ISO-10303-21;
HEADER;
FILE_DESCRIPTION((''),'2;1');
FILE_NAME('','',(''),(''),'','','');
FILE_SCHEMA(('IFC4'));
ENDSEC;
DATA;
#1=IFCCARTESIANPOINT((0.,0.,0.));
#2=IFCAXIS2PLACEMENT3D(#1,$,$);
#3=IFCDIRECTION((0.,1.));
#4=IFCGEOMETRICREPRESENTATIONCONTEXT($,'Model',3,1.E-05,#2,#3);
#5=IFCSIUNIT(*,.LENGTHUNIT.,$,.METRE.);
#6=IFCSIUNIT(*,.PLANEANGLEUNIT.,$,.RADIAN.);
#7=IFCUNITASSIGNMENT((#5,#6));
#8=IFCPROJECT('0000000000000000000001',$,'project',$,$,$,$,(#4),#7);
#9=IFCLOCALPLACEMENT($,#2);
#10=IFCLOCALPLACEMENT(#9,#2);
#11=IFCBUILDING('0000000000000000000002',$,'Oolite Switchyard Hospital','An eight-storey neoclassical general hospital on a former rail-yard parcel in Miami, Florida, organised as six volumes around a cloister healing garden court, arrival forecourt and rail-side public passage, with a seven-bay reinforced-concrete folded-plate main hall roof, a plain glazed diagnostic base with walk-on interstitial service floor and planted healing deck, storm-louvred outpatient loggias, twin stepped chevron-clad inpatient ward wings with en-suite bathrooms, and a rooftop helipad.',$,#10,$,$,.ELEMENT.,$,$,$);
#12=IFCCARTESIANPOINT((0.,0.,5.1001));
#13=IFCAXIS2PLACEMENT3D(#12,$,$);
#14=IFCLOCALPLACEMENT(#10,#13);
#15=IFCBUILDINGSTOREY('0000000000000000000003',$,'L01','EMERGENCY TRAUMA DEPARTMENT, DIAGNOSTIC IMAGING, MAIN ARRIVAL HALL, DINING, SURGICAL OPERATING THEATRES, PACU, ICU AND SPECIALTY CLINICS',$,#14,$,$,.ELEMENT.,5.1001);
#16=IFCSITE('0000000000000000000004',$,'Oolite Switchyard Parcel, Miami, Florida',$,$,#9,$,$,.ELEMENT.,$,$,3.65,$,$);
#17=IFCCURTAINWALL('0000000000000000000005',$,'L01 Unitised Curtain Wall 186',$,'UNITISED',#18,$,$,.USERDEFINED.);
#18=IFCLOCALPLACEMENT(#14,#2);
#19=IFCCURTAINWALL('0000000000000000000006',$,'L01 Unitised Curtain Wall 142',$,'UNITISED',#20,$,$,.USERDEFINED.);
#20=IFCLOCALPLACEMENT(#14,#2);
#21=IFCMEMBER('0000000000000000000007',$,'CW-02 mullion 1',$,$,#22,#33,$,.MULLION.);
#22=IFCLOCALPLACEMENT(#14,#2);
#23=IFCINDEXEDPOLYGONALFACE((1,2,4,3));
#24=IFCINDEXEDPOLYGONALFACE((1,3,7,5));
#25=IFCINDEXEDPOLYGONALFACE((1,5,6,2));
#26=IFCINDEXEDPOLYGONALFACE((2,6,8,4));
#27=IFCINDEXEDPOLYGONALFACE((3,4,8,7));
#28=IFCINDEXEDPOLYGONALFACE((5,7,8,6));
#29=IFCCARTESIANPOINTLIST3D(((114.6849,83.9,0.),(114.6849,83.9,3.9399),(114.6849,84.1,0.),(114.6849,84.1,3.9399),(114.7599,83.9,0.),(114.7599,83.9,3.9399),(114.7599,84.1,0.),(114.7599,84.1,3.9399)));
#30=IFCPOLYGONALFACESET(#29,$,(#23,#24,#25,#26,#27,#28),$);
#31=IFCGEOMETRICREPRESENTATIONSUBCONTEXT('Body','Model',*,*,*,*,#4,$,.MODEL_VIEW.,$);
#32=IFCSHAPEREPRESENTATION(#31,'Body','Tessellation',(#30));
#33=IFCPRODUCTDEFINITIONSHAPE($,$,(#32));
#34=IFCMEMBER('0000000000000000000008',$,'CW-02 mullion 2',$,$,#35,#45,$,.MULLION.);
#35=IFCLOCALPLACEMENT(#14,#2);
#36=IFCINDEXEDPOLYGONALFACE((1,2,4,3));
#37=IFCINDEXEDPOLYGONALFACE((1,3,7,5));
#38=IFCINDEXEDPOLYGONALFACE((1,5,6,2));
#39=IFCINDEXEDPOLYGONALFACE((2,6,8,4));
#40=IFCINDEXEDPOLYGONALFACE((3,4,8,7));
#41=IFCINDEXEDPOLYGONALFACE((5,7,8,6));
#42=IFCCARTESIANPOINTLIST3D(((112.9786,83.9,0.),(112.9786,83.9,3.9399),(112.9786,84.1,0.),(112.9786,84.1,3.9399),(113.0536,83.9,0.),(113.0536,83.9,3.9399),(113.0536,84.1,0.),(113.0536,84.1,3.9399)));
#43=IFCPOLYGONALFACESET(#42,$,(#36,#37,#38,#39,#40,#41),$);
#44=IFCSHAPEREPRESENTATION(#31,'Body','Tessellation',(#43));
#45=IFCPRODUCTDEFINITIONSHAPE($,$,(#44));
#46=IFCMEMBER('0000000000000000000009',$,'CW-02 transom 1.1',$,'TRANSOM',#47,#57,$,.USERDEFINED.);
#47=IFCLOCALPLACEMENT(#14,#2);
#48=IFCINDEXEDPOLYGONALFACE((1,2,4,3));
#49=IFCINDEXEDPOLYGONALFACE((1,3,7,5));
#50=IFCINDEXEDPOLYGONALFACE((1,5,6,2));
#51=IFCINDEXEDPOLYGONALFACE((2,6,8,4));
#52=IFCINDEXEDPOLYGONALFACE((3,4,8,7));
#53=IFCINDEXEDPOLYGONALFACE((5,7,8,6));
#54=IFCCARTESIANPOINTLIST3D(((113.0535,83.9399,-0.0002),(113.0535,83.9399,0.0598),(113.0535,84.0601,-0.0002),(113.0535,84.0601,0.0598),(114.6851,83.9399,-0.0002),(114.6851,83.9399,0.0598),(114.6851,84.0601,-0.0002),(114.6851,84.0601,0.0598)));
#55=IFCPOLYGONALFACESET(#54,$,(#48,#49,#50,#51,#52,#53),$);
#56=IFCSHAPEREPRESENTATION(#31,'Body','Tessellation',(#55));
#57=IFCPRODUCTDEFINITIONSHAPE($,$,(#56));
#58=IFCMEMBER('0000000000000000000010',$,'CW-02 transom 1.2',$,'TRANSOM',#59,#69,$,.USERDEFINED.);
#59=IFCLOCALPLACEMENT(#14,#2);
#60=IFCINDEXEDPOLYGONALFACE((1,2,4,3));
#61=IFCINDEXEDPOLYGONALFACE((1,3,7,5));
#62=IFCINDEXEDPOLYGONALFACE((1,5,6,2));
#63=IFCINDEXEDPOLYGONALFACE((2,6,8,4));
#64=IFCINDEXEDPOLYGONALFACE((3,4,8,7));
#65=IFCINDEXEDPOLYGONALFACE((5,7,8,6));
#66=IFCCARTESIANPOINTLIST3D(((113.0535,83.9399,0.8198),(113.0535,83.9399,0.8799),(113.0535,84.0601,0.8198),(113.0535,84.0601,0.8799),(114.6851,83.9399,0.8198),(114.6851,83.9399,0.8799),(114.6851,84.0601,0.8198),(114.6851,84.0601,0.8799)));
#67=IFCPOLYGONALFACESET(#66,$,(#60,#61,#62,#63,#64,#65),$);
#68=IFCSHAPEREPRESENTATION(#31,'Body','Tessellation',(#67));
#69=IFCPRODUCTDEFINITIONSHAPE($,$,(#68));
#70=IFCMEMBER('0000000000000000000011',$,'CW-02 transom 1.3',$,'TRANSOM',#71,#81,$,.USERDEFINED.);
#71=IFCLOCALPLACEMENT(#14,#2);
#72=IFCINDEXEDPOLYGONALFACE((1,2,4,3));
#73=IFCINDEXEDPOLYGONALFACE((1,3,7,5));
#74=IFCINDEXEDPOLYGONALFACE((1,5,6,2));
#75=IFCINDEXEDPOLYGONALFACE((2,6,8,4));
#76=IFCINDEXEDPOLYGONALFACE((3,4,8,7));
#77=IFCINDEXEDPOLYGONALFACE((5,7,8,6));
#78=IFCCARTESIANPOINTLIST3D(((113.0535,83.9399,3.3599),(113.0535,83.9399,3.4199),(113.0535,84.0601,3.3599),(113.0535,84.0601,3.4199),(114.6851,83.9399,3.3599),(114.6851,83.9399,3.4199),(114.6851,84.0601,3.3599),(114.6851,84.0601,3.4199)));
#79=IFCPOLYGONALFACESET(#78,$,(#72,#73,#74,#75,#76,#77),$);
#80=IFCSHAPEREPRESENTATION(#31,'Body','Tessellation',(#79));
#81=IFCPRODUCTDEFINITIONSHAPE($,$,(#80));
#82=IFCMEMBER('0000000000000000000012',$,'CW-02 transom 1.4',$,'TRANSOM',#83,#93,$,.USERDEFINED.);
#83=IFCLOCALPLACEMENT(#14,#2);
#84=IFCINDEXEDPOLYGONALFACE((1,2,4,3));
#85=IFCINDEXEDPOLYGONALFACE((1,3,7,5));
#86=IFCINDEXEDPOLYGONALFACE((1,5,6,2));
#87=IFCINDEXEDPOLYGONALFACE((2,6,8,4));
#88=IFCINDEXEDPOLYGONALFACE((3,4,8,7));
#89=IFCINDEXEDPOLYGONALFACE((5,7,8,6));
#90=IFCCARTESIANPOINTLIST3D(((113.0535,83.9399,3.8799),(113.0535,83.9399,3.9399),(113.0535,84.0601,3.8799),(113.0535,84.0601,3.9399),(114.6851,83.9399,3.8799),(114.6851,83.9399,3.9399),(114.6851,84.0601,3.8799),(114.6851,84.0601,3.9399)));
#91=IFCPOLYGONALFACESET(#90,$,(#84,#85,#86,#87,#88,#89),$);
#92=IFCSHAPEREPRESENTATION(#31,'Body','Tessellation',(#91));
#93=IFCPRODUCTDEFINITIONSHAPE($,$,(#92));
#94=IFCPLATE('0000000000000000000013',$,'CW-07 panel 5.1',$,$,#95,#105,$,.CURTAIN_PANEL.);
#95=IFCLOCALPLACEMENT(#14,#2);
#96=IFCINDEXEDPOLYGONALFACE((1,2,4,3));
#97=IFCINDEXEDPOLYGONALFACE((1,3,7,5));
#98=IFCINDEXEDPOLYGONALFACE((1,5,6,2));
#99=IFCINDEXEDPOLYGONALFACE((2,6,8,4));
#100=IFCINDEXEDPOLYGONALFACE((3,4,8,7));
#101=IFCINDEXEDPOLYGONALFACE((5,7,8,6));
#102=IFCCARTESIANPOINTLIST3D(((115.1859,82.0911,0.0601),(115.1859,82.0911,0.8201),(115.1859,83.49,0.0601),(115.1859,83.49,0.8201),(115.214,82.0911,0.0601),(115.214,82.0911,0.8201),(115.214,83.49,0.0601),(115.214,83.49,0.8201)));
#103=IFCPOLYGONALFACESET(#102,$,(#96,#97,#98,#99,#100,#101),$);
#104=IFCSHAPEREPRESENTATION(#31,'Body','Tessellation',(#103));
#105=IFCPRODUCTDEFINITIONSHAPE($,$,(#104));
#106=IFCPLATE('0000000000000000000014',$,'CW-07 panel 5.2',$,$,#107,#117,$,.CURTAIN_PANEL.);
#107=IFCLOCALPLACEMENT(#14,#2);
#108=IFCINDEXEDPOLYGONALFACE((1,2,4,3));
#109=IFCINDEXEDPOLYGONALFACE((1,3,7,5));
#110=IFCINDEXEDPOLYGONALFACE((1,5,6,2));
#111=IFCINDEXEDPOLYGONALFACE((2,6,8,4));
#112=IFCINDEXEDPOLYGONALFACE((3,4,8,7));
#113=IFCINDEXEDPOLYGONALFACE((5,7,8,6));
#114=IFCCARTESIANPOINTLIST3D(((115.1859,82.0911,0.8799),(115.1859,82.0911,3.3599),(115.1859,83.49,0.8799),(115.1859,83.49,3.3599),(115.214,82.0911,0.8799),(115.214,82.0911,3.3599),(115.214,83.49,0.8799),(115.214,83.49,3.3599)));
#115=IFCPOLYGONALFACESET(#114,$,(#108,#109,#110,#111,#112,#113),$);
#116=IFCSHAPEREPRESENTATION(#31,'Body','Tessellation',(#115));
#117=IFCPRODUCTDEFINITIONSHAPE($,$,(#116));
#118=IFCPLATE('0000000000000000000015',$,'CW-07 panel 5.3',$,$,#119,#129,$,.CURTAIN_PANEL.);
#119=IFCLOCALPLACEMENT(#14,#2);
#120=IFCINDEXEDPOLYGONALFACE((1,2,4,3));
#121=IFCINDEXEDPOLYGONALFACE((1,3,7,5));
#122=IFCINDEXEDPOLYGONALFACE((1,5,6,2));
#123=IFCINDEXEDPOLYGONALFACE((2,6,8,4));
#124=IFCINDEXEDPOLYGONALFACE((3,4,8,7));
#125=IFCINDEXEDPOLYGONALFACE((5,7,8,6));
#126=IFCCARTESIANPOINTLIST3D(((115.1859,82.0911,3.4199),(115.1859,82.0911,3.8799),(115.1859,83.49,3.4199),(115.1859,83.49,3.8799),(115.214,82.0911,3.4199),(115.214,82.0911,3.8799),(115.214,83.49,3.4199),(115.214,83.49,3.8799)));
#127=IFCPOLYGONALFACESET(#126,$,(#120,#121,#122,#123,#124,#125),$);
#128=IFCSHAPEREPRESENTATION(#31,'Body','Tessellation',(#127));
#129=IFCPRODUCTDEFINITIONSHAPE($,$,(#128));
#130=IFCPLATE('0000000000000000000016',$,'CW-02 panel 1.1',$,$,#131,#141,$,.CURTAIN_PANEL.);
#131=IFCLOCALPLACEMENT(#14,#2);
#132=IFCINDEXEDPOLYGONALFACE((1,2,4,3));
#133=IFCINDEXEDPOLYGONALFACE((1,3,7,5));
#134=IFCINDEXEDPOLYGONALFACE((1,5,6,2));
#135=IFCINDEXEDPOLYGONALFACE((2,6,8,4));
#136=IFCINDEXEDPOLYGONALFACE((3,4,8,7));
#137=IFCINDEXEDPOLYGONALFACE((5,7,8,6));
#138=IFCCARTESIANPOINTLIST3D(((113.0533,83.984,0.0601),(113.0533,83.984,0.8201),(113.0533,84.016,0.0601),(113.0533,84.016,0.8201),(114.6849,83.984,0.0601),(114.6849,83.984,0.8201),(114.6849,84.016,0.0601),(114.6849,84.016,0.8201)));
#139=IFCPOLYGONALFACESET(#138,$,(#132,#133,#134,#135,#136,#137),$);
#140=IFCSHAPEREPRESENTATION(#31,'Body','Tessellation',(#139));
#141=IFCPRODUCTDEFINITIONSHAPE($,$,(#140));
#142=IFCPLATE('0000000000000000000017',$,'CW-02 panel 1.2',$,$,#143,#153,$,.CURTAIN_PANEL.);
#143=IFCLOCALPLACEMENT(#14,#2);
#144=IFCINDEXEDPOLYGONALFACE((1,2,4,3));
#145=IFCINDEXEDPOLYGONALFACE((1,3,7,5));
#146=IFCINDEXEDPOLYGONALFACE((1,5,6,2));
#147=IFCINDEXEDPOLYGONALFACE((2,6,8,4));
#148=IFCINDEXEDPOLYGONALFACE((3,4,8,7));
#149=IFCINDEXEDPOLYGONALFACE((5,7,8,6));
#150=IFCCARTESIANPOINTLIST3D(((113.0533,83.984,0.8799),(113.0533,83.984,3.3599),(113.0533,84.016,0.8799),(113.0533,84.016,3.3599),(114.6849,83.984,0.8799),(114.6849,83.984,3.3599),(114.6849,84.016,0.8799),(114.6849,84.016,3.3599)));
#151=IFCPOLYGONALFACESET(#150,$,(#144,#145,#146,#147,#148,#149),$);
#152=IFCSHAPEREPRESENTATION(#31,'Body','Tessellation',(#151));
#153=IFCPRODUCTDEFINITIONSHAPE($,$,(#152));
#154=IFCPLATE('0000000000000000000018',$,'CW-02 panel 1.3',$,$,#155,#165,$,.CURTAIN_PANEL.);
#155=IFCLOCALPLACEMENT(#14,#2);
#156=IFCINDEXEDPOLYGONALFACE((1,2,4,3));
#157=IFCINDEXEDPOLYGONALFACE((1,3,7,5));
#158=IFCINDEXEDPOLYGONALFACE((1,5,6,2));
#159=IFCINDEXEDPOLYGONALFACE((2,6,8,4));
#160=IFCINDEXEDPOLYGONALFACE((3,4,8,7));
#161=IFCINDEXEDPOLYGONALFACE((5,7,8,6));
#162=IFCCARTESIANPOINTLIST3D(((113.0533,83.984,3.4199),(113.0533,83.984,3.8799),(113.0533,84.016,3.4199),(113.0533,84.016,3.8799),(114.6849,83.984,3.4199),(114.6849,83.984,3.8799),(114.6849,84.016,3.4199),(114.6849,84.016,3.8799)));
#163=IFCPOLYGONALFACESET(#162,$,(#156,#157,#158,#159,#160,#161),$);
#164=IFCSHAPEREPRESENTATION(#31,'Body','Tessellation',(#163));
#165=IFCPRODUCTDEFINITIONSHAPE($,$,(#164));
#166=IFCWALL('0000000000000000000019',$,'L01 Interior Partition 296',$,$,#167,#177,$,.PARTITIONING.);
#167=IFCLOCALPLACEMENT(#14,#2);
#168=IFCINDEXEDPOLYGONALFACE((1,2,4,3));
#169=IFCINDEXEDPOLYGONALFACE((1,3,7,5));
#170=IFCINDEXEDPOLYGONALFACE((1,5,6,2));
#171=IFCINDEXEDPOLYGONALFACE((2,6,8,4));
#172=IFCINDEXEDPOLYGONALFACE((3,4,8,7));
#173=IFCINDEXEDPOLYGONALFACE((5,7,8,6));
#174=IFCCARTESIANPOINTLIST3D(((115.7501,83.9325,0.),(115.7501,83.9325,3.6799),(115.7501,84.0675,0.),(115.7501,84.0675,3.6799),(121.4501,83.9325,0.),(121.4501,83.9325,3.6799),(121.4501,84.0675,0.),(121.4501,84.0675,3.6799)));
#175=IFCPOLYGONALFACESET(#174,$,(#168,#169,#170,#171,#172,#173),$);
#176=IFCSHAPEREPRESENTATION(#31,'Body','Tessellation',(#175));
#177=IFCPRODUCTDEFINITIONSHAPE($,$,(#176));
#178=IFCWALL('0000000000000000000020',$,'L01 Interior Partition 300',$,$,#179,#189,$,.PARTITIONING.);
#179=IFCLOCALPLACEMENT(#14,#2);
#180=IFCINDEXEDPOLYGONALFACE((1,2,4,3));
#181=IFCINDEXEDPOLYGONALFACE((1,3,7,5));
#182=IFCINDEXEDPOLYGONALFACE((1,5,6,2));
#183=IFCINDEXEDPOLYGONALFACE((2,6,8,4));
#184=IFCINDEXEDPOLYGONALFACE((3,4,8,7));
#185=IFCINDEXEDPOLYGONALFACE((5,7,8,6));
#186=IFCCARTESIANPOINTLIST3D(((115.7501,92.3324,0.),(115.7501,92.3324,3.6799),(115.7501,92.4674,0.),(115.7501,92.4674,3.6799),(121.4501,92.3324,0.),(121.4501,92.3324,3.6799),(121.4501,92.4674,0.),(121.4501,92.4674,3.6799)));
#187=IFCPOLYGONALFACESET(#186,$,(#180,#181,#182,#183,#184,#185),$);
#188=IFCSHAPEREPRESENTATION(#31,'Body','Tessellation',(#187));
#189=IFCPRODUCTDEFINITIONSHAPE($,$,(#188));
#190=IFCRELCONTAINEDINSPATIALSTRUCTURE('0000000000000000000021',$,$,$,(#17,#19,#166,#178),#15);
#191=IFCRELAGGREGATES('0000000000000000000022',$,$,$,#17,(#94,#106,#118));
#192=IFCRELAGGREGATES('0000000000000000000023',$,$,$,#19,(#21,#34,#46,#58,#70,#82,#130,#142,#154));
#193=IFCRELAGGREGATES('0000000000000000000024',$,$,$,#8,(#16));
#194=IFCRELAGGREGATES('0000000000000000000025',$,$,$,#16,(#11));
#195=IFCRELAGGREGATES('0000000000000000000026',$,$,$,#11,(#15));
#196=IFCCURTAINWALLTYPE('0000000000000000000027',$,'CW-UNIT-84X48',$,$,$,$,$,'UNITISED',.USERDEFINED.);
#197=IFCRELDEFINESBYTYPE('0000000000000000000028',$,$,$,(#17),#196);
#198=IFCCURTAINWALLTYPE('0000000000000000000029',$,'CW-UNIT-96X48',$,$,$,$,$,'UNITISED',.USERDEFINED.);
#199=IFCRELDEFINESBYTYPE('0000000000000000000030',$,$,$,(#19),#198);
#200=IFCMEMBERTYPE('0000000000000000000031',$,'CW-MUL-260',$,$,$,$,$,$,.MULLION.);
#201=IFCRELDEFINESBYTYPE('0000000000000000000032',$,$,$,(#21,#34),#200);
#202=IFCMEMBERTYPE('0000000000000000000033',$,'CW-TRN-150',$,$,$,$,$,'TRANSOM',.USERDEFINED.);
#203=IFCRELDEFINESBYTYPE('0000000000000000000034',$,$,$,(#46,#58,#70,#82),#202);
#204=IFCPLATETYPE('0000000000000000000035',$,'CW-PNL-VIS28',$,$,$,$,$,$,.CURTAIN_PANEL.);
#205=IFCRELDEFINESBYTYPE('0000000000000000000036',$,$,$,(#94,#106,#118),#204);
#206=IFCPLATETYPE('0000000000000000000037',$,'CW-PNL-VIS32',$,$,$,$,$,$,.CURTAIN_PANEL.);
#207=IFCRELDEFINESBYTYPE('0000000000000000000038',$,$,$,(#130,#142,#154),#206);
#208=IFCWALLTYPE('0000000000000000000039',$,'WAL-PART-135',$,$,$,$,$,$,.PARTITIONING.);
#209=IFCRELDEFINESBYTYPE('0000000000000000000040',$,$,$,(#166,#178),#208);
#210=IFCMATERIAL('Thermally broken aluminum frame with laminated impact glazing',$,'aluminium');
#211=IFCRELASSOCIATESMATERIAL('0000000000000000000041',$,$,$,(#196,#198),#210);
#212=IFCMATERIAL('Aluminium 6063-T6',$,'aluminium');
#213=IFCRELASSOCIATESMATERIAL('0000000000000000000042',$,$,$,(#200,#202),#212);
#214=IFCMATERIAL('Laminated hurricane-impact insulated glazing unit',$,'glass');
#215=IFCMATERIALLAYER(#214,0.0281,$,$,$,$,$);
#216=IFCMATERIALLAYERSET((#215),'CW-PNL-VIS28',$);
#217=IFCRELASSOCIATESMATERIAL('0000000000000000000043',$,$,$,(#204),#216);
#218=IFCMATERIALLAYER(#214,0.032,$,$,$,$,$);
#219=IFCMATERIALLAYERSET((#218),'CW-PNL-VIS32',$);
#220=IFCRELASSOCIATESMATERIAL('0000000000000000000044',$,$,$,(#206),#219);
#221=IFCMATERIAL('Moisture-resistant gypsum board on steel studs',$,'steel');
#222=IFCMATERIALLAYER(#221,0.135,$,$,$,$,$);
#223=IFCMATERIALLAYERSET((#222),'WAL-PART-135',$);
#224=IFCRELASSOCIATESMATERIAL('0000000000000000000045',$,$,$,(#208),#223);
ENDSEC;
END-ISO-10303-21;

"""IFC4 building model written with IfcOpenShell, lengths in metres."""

from ifc_helpers import new_model, si_unit, direction, frame, frame_2d, origin, origin_2d, place, context, subcontext, project, spatial, rectangle, extrude, material, layer, layer_set, material_profile, profile_set, type_object, element, aggregate, save


model = new_model("IFC4")

# Units and contexts
model_context = context("Model", 3, precision=1e-05, world=origin(), true_north=direction((0.0, 1.0)))
body_context = subcontext(model_context, "Body", "Model", "MODEL_VIEW")
ifc_project = project(units=[si_unit("LENGTHUNIT", "METRE"), si_unit("PLANEANGLEUNIT", "RADIAN")], contexts=[model_context])

# Site, building, storey
site_placement = place(None, origin())
site = spatial("IfcSite", under=ifc_project, at=site_placement, Name="Oolite Switchyard Parcel, Miami, Florida", CompositionType="ELEMENT", RefElevation=3.65)
building_placement = place(site_placement, origin())
building = spatial("IfcBuilding", under=site, at=building_placement, Name="Oolite Switchyard Hospital", Description="An eight-storey neoclassical general hospital on a former rail-yard parcel in Miami, Florida, organised as six volumes around a cloister healing garden court, arrival forecourt and rail-side public passage, with a seven-bay reinforced-concrete folded-plate main hall roof, a plain glazed diagnostic base with walk-on interstitial service floor and planted healing deck, storm-louvred outpatient loggias, twin stepped chevron-clad inpatient ward wings with en-suite bathrooms, and a rooftop helipad.", CompositionType="ELEMENT")
storey_placement = place(building_placement, frame((0.0, 0.0, 5.1001)))
storey = spatial("IfcBuildingStorey", under=building, at=storey_placement, Name="L01", Description="EMERGENCY TRAUMA DEPARTMENT, DIAGNOSTIC IMAGING, MAIN ARRIVAL HALL, DINING, SURGICAL OPERATING THEATRES, PACU, ICU AND SPECIALTY CLINICS", CompositionType="ELEMENT", Elevation=5.1001)

# Curtain wall
ifc_material_1 = material(Name="Thermally broken aluminum frame with laminated impact glazing", Category="aluminium")
curtain_wall_type_1 = type_object("IfcCurtainWallType", Name="CW-UNIT-84X48", ElementType="UNITISED", PredefinedType="USERDEFINED", material=ifc_material_1)
curtain_wall_1_placement = place(storey_placement, origin())
curtain_wall_1 = element("IfcCurtainWall", 1, at=curtain_wall_1_placement, inside=storey, type_object=curtain_wall_type_1, Name="L01 Unitised Curtain Wall 186", ObjectType="UNITISED", PredefinedType="USERDEFINED")
ifc_material_2 = material(Name="Aluminium 6063-T6", Category="aluminium")

# Curtain wall, members
curtain_wall_type_2 = type_object("IfcCurtainWallType", Name="CW-UNIT-96X48", ElementType="UNITISED", PredefinedType="USERDEFINED", material=ifc_material_1)
curtain_wall_2_placement = place(storey_placement, origin())
curtain_wall_2 = element("IfcCurtainWall", 2, at=curtain_wall_2_placement, inside=storey, type_object=curtain_wall_type_2, Name="L01 Unitised Curtain Wall 142", ObjectType="UNITISED", PredefinedType="USERDEFINED")
ifc_material_profile_1 = material_profile(ifc_material_2, rectangle(XDim=0.2, YDim=0.075, at=origin_2d()), Name="CWM75X200")
ifc_profile_set_1 = profile_set([ifc_material_profile_1], Name="Aluminium 6063-T6")
member_type_1 = type_object("IfcMemberType", Name="CW-MUL-260", PredefinedType="MULLION", material=ifc_profile_set_1)
member_1_placement = place(storey_placement, frame((114.7224, 84.0, 0.0), z_axis=(0.0, 0.0, 1.0), x_axis=(0.0, -1.0, 0.0)))
member_1 = element("IfcMember", 3, at=member_1_placement, type_object=member_type_1, Name="CW-02 mullion 1", PredefinedType="MULLION", context=body_context, shape_type="SweptSolid", body=[
    extrude(rectangle(XDim=0.2, YDim=0.075, at=origin_2d()), origin(), (0.0, 0.0, 1.0), 3.9399),
])
member_2_placement = place(storey_placement, frame((113.0161, 84.0, 0.0), z_axis=(0.0, 0.0, 1.0), x_axis=(0.0, -1.0, 0.0)))
member_2 = element("IfcMember", 4, at=member_2_placement, type_object=member_type_1, Name="CW-02 mullion 2", PredefinedType="MULLION", context=body_context, shape_type="SweptSolid", body=[
    extrude(rectangle(XDim=0.2, YDim=0.075, at=origin_2d()), origin(), (0.0, 0.0, 1.0), 3.9399),
])
ifc_material_profile_2 = material_profile(ifc_material_2, rectangle(XDim=0.1201, YDim=0.0601, at=origin_2d()), Name="CWT60X120")
ifc_profile_set_2 = profile_set([ifc_material_profile_2], Name="Aluminium 6063-T6")
member_type_2 = type_object("IfcMemberType", Name="CW-TRN-150", ElementType="TRANSOM", PredefinedType="USERDEFINED", material=ifc_profile_set_2)
member_3_placement = place(storey_placement, frame((114.6851, 84.0, 0.0298), z_axis=(-1.0, 0.0, 0.0), x_axis=(0.0, -1.0, 0.0)))
member_3 = element("IfcMember", 5, at=member_3_placement, type_object=member_type_2, Name="CW-02 transom 1.1", ObjectType="TRANSOM", PredefinedType="USERDEFINED", context=body_context, shape_type="SweptSolid", body=[
    extrude(rectangle(XDim=0.1201, YDim=0.0601, at=origin_2d()), origin(), (0.0, 0.0, 1.0), 1.6316),
])
member_4_placement = place(storey_placement, frame((114.6851, 84.0, 0.8499), z_axis=(-1.0, 0.0, 0.0), x_axis=(0.0, -1.0, 0.0)))
member_4 = element("IfcMember", 6, at=member_4_placement, type_object=member_type_2, Name="CW-02 transom 1.2", ObjectType="TRANSOM", PredefinedType="USERDEFINED", context=body_context, shape_type="SweptSolid", body=[
    extrude(rectangle(XDim=0.1201, YDim=0.0601, at=origin_2d()), origin(), (0.0, 0.0, 1.0), 1.6316),
])
member_5_placement = place(storey_placement, frame((114.6851, 84.0, 3.3899), z_axis=(-1.0, 0.0, 0.0), x_axis=(0.0, -1.0, 0.0)))
member_5 = element("IfcMember", 7, at=member_5_placement, type_object=member_type_2, Name="CW-02 transom 1.3", ObjectType="TRANSOM", PredefinedType="USERDEFINED", context=body_context, shape_type="SweptSolid", body=[
    extrude(rectangle(XDim=0.1201, YDim=0.0601, at=origin_2d()), origin(), (0.0, 0.0, 1.0), 1.6316),
])
member_6_placement = place(storey_placement, frame((114.6851, 84.0, 3.9099), z_axis=(-1.0, 0.0, 0.0), x_axis=(0.0, -1.0, 0.0)))
member_6 = element("IfcMember", 8, at=member_6_placement, type_object=member_type_2, Name="CW-02 transom 1.4", ObjectType="TRANSOM", PredefinedType="USERDEFINED", context=body_context, shape_type="SweptSolid", body=[
    extrude(rectangle(XDim=0.1201, YDim=0.0601, at=origin_2d()), origin(), (0.0, 0.0, 1.0), 1.6316),
])

# Plates
ifc_material_3 = material(Name="Laminated hurricane-impact insulated glazing unit", Category="glass")
ifc_layer_1 = layer(ifc_material_3, 0.0281)
ifc_layer_set_1 = layer_set([ifc_layer_1], Name="CW-PNL-VIS28")
plate_type_1 = type_object("IfcPlateType", Name="CW-PNL-VIS28", PredefinedType="CURTAIN_PANEL", material=ifc_layer_set_1)
plate_1_placement = place(storey_placement, frame((115.2, 82.7905, 0.0601), z_axis=(0.0, 0.0, 1.0), x_axis=(0.0, 1.0, 0.0)))
plate_1 = element("IfcPlate", 9, at=plate_1_placement, type_object=plate_type_1, Name="CW-07 panel 5.1", PredefinedType="CURTAIN_PANEL", context=body_context, shape_type="SweptSolid", body=[
    extrude(rectangle(XDim=1.3989, YDim=0.0281, at=origin_2d()), origin(), (0.0, 0.0, 1.0), 0.76),
])
plate_2_placement = place(storey_placement, frame((115.2, 82.7905, 0.8799), z_axis=(0.0, 0.0, 1.0), x_axis=(0.0, 1.0, 0.0)))
plate_2 = element("IfcPlate", 10, at=plate_2_placement, type_object=plate_type_1, Name="CW-07 panel 5.2", PredefinedType="CURTAIN_PANEL", context=body_context, shape_type="SweptSolid", body=[
    extrude(rectangle(XDim=1.3989, YDim=0.0281, at=origin_2d()), origin(), (0.0, 0.0, 1.0), 2.48),
])
plate_3_placement = place(storey_placement, frame((115.2, 82.7905, 3.4199), z_axis=(0.0, 0.0, 1.0), x_axis=(0.0, 1.0, 0.0)))
plate_3 = element("IfcPlate", 11, at=plate_3_placement, type_object=plate_type_1, Name="CW-07 panel 5.3", PredefinedType="CURTAIN_PANEL", context=body_context, shape_type="SweptSolid", body=[
    extrude(rectangle(XDim=1.3989, YDim=0.0281, at=origin_2d()), origin(), (0.0, 0.0, 1.0), 0.46),
])
aggregate(curtain_wall_1, [plate_1, plate_2, plate_3])
ifc_layer_2 = layer(ifc_material_3, 0.032)
ifc_layer_set_2 = layer_set([ifc_layer_2], Name="CW-PNL-VIS32")
plate_type_2 = type_object("IfcPlateType", Name="CW-PNL-VIS32", PredefinedType="CURTAIN_PANEL", material=ifc_layer_set_2)
plate_4_placement = place(storey_placement, frame((113.8691, 84.0, 0.0601), z_axis=(0.0, 0.0, 1.0), x_axis=(-1.0, 0.0, 0.0)))
plate_4 = element("IfcPlate", 12, at=plate_4_placement, type_object=plate_type_2, Name="CW-02 panel 1.1", PredefinedType="CURTAIN_PANEL", context=body_context, shape_type="SweptSolid", body=[
    extrude(rectangle(XDim=1.6316, YDim=0.032, at=origin_2d()), origin(), (0.0, 0.0, 1.0), 0.76),
])
plate_5_placement = place(storey_placement, frame((113.8691, 84.0, 0.8799), z_axis=(0.0, 0.0, 1.0), x_axis=(-1.0, 0.0, 0.0)))
plate_5 = element("IfcPlate", 13, at=plate_5_placement, type_object=plate_type_2, Name="CW-02 panel 1.2", PredefinedType="CURTAIN_PANEL", context=body_context, shape_type="SweptSolid", body=[
    extrude(rectangle(XDim=1.6316, YDim=0.032, at=origin_2d()), origin(), (0.0, 0.0, 1.0), 2.48),
])
plate_6_placement = place(storey_placement, frame((113.8691, 84.0, 3.4199), z_axis=(0.0, 0.0, 1.0), x_axis=(-1.0, 0.0, 0.0)))
plate_6 = element("IfcPlate", 14, at=plate_6_placement, type_object=plate_type_2, Name="CW-02 panel 1.3", PredefinedType="CURTAIN_PANEL", context=body_context, shape_type="SweptSolid", body=[
    extrude(rectangle(XDim=1.6316, YDim=0.032, at=origin_2d()), origin(), (0.0, 0.0, 1.0), 0.46),
])
aggregate(curtain_wall_2, [member_1, member_2, member_3, member_4, member_5, member_6, plate_4, plate_5, plate_6])

# Walls
ifc_material_4 = material(Name="Moisture-resistant gypsum board on steel studs", Category="steel")
ifc_layer_3 = layer(ifc_material_4, 0.135)
ifc_layer_set_3 = layer_set([ifc_layer_3], Name="WAL-PART-135")
wall_type_1 = type_object("IfcWallType", Name="WAL-PART-135", PredefinedType="PARTITIONING", material=ifc_layer_set_3)
for number, where, z_axis, x_axis, name in (
    (15, (115.75, 84.0, 0.0), (0.0, 0.0, 1.0), (1.0, 0.0, 0.0), "L01 Interior Partition 296"),
    (16, (115.75, 92.3999, 0.0), (0.0, 0.0, 1.0), (1.0, 0.0, 0.0), "L01 Interior Partition 300"),
):
    element("IfcWall", number, at=place(storey_placement, frame(where, z_axis=z_axis, x_axis=x_axis)), inside=storey, type_object=wall_type_1, Name=name, PredefinedType="PARTITIONING", context=body_context, shape_type="SweptSolid", body=[
        extrude(rectangle(XDim=5.7, YDim=0.135, at=frame_2d((2.8501, 0.0))), origin(), (0.0, 0.0, 1.0), 3.6799),
    ])

save(model, "model.ifc")
